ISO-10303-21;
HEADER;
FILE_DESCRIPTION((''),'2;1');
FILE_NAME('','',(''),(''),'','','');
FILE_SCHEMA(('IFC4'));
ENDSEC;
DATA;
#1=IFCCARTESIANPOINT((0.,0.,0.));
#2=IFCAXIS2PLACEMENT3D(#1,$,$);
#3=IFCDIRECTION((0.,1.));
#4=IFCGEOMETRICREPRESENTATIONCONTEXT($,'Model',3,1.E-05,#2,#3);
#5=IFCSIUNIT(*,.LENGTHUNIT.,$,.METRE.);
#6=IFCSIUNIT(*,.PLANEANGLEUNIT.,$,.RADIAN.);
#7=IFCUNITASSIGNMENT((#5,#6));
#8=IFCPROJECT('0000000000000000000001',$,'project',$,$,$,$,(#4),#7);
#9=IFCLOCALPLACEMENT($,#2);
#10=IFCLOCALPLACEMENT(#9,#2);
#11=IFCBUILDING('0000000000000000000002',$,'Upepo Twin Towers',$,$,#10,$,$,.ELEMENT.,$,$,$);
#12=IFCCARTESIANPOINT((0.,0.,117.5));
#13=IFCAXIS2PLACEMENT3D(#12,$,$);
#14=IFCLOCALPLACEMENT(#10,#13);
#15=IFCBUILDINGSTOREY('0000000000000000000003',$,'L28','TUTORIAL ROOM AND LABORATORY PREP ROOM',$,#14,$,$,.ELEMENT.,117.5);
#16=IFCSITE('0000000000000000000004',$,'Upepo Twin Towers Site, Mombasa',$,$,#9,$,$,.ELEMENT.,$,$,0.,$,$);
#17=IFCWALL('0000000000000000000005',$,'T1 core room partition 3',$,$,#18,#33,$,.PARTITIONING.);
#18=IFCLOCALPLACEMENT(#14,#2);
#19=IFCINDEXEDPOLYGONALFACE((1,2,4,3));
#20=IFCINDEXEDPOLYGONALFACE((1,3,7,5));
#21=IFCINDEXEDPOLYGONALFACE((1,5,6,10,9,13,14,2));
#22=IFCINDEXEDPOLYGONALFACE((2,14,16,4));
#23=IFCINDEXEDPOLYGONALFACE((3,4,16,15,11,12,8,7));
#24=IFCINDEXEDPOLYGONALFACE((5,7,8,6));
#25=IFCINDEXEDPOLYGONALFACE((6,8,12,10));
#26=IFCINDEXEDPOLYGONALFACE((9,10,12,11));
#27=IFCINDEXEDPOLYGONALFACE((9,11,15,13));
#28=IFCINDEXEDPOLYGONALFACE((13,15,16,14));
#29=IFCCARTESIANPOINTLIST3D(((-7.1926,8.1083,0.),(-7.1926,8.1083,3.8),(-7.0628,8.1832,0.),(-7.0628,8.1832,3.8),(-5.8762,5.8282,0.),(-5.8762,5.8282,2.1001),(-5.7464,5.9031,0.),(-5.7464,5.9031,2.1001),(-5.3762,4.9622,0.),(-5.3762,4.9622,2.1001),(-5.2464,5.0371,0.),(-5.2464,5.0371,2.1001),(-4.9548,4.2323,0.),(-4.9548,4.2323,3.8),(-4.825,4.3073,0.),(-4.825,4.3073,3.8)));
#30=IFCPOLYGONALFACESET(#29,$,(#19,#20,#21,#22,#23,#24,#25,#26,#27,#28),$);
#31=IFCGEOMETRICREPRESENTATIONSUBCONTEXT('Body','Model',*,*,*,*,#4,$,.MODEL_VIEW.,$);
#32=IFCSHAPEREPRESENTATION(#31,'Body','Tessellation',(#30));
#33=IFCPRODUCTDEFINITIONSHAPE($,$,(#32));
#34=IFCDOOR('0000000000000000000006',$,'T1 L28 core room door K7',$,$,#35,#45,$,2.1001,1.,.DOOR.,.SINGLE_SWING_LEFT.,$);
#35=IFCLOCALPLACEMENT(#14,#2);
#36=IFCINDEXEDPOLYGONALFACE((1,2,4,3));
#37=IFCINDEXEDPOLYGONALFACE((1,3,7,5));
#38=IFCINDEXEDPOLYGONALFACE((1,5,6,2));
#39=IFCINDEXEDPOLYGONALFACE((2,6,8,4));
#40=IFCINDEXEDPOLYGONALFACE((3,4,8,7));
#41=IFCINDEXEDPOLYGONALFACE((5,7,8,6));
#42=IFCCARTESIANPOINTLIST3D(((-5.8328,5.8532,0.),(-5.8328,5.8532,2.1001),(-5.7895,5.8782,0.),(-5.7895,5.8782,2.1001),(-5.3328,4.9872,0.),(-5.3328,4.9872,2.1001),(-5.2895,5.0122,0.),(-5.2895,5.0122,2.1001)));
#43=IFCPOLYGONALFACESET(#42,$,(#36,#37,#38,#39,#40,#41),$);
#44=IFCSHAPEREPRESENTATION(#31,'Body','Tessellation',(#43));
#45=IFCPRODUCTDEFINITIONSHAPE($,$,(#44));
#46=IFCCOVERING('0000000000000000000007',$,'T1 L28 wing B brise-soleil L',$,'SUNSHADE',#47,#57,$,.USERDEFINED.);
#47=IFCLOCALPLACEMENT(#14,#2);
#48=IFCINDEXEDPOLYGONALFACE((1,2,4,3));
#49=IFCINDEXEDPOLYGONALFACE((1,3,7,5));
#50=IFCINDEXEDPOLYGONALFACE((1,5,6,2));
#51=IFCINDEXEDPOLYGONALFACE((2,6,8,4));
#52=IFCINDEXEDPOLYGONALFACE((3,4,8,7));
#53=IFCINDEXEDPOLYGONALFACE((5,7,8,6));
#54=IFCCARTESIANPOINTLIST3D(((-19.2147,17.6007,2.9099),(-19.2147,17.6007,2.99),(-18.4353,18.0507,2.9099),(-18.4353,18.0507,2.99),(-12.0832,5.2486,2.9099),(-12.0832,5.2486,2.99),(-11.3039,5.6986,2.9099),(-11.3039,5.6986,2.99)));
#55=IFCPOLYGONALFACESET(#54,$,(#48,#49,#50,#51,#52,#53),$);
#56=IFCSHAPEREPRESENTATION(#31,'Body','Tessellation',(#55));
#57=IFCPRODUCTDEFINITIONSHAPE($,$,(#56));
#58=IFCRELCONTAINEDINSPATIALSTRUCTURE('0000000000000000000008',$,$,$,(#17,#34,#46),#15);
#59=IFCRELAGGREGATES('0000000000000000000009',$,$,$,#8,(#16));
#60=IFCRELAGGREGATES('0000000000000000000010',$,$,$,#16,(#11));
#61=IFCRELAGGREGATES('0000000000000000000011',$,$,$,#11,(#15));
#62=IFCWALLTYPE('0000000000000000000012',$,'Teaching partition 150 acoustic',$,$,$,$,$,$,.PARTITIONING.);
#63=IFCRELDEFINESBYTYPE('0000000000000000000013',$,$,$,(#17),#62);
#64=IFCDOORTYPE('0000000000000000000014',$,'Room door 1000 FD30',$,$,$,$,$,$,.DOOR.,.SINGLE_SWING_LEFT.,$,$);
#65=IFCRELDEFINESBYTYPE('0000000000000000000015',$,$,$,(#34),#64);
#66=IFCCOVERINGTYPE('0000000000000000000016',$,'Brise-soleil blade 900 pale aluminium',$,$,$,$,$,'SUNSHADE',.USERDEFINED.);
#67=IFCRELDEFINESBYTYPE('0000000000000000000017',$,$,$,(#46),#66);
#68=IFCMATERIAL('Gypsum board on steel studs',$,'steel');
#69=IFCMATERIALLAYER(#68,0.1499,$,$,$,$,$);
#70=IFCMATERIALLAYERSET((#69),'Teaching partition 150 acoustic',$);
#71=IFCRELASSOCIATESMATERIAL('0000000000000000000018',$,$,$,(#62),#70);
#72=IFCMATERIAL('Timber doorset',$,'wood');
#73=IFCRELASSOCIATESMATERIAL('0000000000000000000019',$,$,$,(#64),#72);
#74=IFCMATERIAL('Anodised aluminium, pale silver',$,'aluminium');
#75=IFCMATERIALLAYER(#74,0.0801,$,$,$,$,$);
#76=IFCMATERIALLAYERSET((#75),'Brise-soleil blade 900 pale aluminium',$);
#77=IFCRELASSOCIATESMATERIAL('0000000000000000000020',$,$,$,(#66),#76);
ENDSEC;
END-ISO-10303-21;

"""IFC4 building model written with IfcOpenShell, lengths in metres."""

from ifc_helpers import new_model, si_unit, direction, frame, frame_2d, origin, origin_2d, place, context, subcontext, project, spatial, rectangle, extrude, material, layer, layer_set, type_object, element, fill, save


model = new_model("IFC4")

# Units and contexts
model_context = context("Model", 3, precision=1e-05, world=origin(), true_north=direction((0.0, 1.0)))
body_context = subcontext(model_context, "Body", "Model", "MODEL_VIEW")
ifc_project = project(units=[si_unit("LENGTHUNIT", "METRE"), si_unit("PLANEANGLEUNIT", "RADIAN")], contexts=[model_context])

# Site, building, storey
site_placement = place(None, origin())
site = spatial("IfcSite", under=ifc_project, at=site_placement, Name="Upepo Twin Towers Site, Mombasa", CompositionType="ELEMENT", RefElevation=0.0)
building_placement = place(site_placement, origin())
building = spatial("IfcBuilding", under=site, at=building_placement, Name="Upepo Twin Towers", CompositionType="ELEMENT")
storey_placement = place(building_placement, frame((0.0, 0.0, 117.5)))
storey = spatial("IfcBuildingStorey", under=building, at=storey_placement, Name="L28", Description="TUTORIAL ROOM AND LABORATORY PREP ROOM", CompositionType="ELEMENT", Elevation=117.5)

# Wall, opening, door
ifc_material_1 = material(Name="Gypsum board on steel studs", Category="steel")
ifc_layer_1 = layer(ifc_material_1, 0.1499)
ifc_layer_set_1 = layer_set([ifc_layer_1], Name="Teaching partition 150 acoustic")
wall_type_1 = type_object("IfcWallType", Name="Teaching partition 150 acoustic", PredefinedType="PARTITIONING", material=ifc_layer_set_1)
wall_1_placement = place(storey_placement, frame((-4.8899, 4.2698, 0.0), z_axis=(0.0, 0.0, 1.0), x_axis=(-0.499999, 0.866026, 0.0)))
wall_1 = element("IfcWall", 1, at=wall_1_placement, inside=storey, type_object=wall_type_1, Name="T1 core room partition 3", PredefinedType="PARTITIONING", context=body_context, shape_type="SweptSolid", body=[
    extrude(rectangle(XDim=4.4756, YDim=0.1499, at=frame_2d((2.2378, 0.0))), origin(), (0.0, 0.0, 1.0), 3.8),
])
opening_1_placement = place(wall_1_placement, frame((0.8428, 0.0, 0.0)))
opening_1 = element("IfcOpeningElement", 2, at=opening_1_placement, cuts=wall_1, PredefinedType="OPENING", context=body_context, shape_type="SweptSolid", body=[
    extrude(rectangle(XDim=1.0, YDim=2.1001, at=frame_2d((0.5, 1.05))), frame((0.0, 0.085, 0.0), z_axis=(0.0, -1.0, 0.0), x_axis=(1.0, 0.0, 0.0)), (0.0, 0.0, 1.0), 0.1699),
])
ifc_material_2 = material(Name="Timber doorset", Category="wood")
door_type_1 = type_object("IfcDoorType", Name="Room door 1000 FD30", OperationType="SINGLE_SWING_LEFT", PredefinedType="DOOR", material=ifc_material_2)
door_1_placement = place(opening_1_placement, origin())
door_1 = element("IfcDoor", 3, at=door_1_placement, inside=storey, type_object=door_type_1, Name="T1 L28 core room door K7", OperationType="SINGLE_SWING_LEFT", OverallHeight=2.1001, OverallWidth=1.0, PredefinedType="DOOR", context=body_context, shape_type="SweptSolid", body=[
    extrude(rectangle(XDim=1.0, YDim=2.1001, at=frame_2d((0.5, 1.05))), frame((0.0, 0.0249, 0.0), z_axis=(0.0, -1.0, 0.0), x_axis=(1.0, 0.0, 0.0)), (0.0, 0.0, 1.0), 0.05),
])
fill(opening_1, door_1)

# Covering
ifc_material_3 = material(Name="Anodised aluminium, pale silver", Category="aluminium")
ifc_layer_2 = layer(ifc_material_3, 0.0801)
ifc_layer_set_2 = layer_set([ifc_layer_2], Name="Brise-soleil blade 900 pale aluminium")
covering_type = type_object("IfcCoveringType", Name="Brise-soleil blade 900 pale aluminium", ElementType="SUNSHADE", PredefinedType="USERDEFINED", material=ifc_layer_set_2)
covering_placement = place(storey_placement, frame((-15.2593, 11.6497, 2.9099), z_axis=(0.0, 0.0, 1.0), x_axis=(-0.5, 0.866025, 0.0)))
element("IfcCovering", 4, at=covering_placement, inside=storey, type_object=covering_type, Name="T1 L28 wing B brise-soleil L", ObjectType="SUNSHADE", PredefinedType="USERDEFINED", context=body_context, shape_type="SweptSolid", body=[
    extrude(rectangle(XDim=14.2629, YDim=0.8999, at=origin_2d()), origin(), (0.0, 0.0, 1.0), 0.0801),
])

save(model, "model.ifc")
